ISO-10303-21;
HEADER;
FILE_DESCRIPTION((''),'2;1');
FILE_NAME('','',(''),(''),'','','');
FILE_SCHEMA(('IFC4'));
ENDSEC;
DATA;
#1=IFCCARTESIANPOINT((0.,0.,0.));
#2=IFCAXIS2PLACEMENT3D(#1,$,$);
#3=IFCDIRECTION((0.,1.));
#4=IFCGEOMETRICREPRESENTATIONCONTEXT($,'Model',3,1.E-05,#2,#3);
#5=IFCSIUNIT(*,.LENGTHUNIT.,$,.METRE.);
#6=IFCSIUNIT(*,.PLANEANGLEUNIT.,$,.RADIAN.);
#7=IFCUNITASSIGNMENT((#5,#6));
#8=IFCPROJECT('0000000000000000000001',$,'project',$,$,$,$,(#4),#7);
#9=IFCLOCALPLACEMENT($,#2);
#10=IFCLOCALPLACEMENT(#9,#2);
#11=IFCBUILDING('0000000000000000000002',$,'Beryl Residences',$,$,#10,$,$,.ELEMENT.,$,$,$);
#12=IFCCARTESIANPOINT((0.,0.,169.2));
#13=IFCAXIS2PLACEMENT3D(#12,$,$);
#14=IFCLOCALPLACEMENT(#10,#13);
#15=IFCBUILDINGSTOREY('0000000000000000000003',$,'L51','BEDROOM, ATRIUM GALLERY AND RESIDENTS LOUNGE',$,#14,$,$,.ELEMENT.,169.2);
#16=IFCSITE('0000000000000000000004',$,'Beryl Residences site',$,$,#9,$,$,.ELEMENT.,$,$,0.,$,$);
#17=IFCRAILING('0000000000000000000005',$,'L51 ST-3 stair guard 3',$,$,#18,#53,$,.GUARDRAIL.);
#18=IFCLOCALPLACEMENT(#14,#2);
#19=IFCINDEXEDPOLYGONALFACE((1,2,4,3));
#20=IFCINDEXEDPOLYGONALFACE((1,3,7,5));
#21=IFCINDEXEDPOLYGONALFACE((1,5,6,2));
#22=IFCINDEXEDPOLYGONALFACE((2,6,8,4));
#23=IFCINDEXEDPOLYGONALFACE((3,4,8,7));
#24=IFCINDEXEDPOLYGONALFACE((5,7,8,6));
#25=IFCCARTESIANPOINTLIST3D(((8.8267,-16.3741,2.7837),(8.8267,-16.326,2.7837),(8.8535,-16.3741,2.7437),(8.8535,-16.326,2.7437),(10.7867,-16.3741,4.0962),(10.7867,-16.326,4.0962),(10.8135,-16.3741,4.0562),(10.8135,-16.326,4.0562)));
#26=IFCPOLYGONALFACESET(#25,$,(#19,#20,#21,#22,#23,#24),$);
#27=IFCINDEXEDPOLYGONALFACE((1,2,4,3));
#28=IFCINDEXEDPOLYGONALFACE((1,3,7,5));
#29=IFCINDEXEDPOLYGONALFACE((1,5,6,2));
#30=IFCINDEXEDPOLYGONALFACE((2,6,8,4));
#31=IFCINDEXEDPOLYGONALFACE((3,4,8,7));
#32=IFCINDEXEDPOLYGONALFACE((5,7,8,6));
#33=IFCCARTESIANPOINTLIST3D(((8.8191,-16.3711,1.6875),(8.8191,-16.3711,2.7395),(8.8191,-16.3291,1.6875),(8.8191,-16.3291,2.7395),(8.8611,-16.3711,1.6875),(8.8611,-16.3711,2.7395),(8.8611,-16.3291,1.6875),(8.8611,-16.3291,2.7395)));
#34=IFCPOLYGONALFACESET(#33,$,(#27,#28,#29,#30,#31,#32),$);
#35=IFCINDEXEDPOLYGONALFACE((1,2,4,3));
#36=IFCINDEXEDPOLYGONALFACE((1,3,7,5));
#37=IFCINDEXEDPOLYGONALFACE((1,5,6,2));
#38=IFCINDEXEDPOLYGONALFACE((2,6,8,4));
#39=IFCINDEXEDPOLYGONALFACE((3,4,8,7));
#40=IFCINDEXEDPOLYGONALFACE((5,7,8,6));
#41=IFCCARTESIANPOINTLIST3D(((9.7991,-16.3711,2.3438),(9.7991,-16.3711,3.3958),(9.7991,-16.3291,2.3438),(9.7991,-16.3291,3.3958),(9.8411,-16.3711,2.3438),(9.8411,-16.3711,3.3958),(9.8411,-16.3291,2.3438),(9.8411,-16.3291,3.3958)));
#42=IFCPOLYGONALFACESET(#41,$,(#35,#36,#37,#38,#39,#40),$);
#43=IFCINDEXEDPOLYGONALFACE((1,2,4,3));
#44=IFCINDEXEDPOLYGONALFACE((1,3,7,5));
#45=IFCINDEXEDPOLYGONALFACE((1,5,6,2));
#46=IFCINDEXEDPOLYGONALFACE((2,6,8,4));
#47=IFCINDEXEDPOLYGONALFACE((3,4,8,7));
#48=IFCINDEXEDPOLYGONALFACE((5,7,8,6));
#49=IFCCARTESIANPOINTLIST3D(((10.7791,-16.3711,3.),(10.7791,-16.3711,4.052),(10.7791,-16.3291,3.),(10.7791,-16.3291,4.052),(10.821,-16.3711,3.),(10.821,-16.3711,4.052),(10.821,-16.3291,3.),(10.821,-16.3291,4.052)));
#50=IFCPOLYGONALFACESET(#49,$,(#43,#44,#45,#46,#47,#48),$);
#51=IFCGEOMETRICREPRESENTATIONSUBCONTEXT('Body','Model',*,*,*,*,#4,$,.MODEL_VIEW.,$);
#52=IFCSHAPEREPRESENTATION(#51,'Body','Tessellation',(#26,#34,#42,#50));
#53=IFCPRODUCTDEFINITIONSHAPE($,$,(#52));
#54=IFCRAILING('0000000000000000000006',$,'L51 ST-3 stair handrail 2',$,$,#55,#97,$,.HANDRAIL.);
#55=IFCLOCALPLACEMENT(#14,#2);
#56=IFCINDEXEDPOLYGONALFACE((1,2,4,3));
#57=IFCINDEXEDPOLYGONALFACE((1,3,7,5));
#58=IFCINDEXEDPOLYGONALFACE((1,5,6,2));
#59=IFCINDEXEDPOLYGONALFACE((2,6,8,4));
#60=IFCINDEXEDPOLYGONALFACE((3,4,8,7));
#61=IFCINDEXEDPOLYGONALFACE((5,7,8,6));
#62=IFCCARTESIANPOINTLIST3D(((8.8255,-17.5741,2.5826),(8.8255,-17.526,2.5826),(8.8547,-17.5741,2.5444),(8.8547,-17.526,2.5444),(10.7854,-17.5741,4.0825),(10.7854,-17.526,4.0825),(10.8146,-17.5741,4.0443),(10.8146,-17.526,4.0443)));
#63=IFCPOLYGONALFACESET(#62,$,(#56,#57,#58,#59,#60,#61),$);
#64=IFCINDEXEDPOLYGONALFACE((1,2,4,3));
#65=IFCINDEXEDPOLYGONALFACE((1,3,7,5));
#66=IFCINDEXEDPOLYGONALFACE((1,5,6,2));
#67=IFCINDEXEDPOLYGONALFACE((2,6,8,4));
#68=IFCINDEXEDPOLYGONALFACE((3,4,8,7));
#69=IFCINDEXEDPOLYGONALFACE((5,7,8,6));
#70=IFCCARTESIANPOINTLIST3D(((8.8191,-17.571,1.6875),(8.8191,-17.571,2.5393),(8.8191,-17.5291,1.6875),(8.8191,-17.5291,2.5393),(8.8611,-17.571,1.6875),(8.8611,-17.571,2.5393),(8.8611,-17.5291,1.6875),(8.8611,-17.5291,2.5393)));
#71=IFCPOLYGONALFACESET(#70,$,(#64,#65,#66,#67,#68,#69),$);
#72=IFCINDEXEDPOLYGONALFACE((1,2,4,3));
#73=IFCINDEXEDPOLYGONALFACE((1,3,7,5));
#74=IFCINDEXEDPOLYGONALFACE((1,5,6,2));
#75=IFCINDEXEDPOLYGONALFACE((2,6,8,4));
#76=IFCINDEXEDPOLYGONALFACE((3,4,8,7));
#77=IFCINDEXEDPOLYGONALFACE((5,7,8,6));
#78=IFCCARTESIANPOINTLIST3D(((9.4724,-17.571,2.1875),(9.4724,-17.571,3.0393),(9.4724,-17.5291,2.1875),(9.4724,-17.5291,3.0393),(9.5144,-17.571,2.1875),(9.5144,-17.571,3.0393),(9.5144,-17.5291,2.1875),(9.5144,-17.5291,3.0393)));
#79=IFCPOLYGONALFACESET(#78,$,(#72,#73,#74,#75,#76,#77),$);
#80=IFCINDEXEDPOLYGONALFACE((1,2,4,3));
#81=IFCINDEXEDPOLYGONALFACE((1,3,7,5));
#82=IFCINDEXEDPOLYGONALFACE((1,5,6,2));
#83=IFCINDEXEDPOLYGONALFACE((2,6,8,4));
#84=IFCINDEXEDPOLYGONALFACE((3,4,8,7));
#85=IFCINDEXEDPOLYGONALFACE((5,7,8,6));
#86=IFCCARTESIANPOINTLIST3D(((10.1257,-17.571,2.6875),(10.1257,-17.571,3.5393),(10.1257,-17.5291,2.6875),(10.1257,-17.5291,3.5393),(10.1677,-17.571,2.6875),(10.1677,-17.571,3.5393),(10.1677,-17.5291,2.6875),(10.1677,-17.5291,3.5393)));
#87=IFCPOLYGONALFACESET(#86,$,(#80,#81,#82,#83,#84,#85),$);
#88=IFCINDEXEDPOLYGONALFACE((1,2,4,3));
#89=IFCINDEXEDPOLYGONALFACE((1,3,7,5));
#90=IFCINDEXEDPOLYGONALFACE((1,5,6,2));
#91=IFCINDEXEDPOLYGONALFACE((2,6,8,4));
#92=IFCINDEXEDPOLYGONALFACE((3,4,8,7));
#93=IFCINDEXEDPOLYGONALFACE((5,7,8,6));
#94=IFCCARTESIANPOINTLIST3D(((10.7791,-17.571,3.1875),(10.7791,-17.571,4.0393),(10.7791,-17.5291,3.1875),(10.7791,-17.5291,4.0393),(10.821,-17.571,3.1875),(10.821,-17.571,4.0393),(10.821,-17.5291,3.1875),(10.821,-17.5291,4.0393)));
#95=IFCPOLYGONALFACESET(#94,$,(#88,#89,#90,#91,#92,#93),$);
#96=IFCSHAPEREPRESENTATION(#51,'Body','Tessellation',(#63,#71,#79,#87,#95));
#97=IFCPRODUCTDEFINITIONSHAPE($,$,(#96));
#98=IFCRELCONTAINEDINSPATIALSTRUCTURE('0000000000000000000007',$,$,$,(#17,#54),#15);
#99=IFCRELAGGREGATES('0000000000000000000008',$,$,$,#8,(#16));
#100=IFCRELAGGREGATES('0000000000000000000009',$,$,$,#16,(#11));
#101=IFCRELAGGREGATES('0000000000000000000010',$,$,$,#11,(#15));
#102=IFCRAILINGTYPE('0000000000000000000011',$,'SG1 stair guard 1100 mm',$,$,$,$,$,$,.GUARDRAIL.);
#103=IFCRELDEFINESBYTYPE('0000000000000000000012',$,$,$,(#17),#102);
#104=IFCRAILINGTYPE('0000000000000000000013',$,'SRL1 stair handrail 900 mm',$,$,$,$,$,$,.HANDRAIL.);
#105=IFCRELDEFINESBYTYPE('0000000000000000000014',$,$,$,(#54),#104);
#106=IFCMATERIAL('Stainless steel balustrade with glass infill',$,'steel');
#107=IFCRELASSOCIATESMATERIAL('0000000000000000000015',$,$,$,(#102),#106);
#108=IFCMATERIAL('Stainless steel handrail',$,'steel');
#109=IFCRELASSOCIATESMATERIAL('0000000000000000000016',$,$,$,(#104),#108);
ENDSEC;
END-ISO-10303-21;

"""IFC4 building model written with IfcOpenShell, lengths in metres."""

from ifc_helpers import new_model, si_unit, direction, frame, origin, origin_2d, place, context, subcontext, project, spatial, rectangle, extrude, material, type_object, element, save


model = new_model("IFC4")

# Units and contexts
model_context = context("Model", 3, precision=1e-05, world=origin(), true_north=direction((0.0, 1.0)))
body_context = subcontext(model_context, "Body", "Model", "MODEL_VIEW")
ifc_project = project(units=[si_unit("LENGTHUNIT", "METRE"), si_unit("PLANEANGLEUNIT", "RADIAN")], contexts=[model_context])

# Site, building, storey
site_placement = place(None, origin())
site = spatial("IfcSite", under=ifc_project, at=site_placement, Name="Beryl Residences site", CompositionType="ELEMENT", RefElevation=0.0)
building_placement = place(site_placement, origin())
building = spatial("IfcBuilding", under=site, at=building_placement, Name="Beryl Residences", CompositionType="ELEMENT")
storey_placement = place(building_placement, frame((0.0, 0.0, 169.2)))
storey = spatial("IfcBuildingStorey", under=building, at=storey_placement, Name="L51", Description="BEDROOM, ATRIUM GALLERY AND RESIDENTS LOUNGE", CompositionType="ELEMENT", Elevation=169.2)

# Railings
ifc_material_1 = material(Name="Stainless steel balustrade with glass infill", Category="steel")
railing_type_1 = type_object("IfcRailingType", Name="SG1 stair guard 1100 mm", PredefinedType="GUARDRAIL", material=ifc_material_1)
railing_1_placement = place(storey_placement, frame((8.8401, -16.3501, 1.6875)))
element("IfcRailing", 1, at=railing_1_placement, inside=storey, type_object=railing_type_1, Name="L51 ST-3 stair guard 3", PredefinedType="GUARDRAIL", context=body_context, shape_type="SweptSolid", body=[
    extrude(rectangle(XDim=0.0481, YDim=0.0481, at=origin_2d()), frame((0.0, 0.0, 1.0762), z_axis=(0.830902, 0.0, 0.556419), x_axis=(0.0, 1.0, 0.0)), (0.0, 0.0, 1.0), 2.3589),
    extrude(rectangle(XDim=0.042, YDim=0.042, at=origin_2d()), origin(), (0.0, 0.0, 1.0), 1.052),
    extrude(rectangle(XDim=0.042, YDim=0.042, at=origin_2d()), frame((0.98, 0.0, 0.6562)), (0.0, 0.0, 1.0), 1.052),
    extrude(rectangle(XDim=0.042, YDim=0.042, at=origin_2d()), frame((1.96, 0.0, 1.3125)), (0.0, 0.0, 1.0), 1.052),
])
ifc_material_2 = material(Name="Stainless steel handrail", Category="steel")
railing_type_2 = type_object("IfcRailingType", Name="SRL1 stair handrail 900 mm", PredefinedType="HANDRAIL", material=ifc_material_2)
railing_2_placement = place(storey_placement, frame((8.8401, -17.55, 1.6875)))
element("IfcRailing", 2, at=railing_2_placement, inside=storey, type_object=railing_type_2, Name="L51 ST-3 stair handrail 2", PredefinedType="HANDRAIL", context=body_context, shape_type="SweptSolid", body=[
    extrude(rectangle(XDim=0.0481, YDim=0.0481, at=origin_2d()), frame((0.0, 0.0, 0.876), z_axis=(0.794122, 0.0, 0.607758), x_axis=(0.0, 1.0, 0.0)), (0.0, 0.0, 1.0), 2.468),
    extrude(rectangle(XDim=0.042, YDim=0.042, at=origin_2d()), origin(), (0.0, 0.0, 1.0), 0.8518),
    extrude(rectangle(XDim=0.042, YDim=0.042, at=origin_2d()), frame((0.6533, 0.0, 0.5)), (0.0, 0.0, 1.0), 0.8518),
    extrude(rectangle(XDim=0.042, YDim=0.042, at=origin_2d()), frame((1.3066, 0.0, 1.0)), (0.0, 0.0, 1.0), 0.8518),
    extrude(rectangle(XDim=0.042, YDim=0.042, at=origin_2d()), frame((1.96, 0.0, 1.5)), (0.0, 0.0, 1.0), 0.8518),
])

save(model, "model.ifc")
